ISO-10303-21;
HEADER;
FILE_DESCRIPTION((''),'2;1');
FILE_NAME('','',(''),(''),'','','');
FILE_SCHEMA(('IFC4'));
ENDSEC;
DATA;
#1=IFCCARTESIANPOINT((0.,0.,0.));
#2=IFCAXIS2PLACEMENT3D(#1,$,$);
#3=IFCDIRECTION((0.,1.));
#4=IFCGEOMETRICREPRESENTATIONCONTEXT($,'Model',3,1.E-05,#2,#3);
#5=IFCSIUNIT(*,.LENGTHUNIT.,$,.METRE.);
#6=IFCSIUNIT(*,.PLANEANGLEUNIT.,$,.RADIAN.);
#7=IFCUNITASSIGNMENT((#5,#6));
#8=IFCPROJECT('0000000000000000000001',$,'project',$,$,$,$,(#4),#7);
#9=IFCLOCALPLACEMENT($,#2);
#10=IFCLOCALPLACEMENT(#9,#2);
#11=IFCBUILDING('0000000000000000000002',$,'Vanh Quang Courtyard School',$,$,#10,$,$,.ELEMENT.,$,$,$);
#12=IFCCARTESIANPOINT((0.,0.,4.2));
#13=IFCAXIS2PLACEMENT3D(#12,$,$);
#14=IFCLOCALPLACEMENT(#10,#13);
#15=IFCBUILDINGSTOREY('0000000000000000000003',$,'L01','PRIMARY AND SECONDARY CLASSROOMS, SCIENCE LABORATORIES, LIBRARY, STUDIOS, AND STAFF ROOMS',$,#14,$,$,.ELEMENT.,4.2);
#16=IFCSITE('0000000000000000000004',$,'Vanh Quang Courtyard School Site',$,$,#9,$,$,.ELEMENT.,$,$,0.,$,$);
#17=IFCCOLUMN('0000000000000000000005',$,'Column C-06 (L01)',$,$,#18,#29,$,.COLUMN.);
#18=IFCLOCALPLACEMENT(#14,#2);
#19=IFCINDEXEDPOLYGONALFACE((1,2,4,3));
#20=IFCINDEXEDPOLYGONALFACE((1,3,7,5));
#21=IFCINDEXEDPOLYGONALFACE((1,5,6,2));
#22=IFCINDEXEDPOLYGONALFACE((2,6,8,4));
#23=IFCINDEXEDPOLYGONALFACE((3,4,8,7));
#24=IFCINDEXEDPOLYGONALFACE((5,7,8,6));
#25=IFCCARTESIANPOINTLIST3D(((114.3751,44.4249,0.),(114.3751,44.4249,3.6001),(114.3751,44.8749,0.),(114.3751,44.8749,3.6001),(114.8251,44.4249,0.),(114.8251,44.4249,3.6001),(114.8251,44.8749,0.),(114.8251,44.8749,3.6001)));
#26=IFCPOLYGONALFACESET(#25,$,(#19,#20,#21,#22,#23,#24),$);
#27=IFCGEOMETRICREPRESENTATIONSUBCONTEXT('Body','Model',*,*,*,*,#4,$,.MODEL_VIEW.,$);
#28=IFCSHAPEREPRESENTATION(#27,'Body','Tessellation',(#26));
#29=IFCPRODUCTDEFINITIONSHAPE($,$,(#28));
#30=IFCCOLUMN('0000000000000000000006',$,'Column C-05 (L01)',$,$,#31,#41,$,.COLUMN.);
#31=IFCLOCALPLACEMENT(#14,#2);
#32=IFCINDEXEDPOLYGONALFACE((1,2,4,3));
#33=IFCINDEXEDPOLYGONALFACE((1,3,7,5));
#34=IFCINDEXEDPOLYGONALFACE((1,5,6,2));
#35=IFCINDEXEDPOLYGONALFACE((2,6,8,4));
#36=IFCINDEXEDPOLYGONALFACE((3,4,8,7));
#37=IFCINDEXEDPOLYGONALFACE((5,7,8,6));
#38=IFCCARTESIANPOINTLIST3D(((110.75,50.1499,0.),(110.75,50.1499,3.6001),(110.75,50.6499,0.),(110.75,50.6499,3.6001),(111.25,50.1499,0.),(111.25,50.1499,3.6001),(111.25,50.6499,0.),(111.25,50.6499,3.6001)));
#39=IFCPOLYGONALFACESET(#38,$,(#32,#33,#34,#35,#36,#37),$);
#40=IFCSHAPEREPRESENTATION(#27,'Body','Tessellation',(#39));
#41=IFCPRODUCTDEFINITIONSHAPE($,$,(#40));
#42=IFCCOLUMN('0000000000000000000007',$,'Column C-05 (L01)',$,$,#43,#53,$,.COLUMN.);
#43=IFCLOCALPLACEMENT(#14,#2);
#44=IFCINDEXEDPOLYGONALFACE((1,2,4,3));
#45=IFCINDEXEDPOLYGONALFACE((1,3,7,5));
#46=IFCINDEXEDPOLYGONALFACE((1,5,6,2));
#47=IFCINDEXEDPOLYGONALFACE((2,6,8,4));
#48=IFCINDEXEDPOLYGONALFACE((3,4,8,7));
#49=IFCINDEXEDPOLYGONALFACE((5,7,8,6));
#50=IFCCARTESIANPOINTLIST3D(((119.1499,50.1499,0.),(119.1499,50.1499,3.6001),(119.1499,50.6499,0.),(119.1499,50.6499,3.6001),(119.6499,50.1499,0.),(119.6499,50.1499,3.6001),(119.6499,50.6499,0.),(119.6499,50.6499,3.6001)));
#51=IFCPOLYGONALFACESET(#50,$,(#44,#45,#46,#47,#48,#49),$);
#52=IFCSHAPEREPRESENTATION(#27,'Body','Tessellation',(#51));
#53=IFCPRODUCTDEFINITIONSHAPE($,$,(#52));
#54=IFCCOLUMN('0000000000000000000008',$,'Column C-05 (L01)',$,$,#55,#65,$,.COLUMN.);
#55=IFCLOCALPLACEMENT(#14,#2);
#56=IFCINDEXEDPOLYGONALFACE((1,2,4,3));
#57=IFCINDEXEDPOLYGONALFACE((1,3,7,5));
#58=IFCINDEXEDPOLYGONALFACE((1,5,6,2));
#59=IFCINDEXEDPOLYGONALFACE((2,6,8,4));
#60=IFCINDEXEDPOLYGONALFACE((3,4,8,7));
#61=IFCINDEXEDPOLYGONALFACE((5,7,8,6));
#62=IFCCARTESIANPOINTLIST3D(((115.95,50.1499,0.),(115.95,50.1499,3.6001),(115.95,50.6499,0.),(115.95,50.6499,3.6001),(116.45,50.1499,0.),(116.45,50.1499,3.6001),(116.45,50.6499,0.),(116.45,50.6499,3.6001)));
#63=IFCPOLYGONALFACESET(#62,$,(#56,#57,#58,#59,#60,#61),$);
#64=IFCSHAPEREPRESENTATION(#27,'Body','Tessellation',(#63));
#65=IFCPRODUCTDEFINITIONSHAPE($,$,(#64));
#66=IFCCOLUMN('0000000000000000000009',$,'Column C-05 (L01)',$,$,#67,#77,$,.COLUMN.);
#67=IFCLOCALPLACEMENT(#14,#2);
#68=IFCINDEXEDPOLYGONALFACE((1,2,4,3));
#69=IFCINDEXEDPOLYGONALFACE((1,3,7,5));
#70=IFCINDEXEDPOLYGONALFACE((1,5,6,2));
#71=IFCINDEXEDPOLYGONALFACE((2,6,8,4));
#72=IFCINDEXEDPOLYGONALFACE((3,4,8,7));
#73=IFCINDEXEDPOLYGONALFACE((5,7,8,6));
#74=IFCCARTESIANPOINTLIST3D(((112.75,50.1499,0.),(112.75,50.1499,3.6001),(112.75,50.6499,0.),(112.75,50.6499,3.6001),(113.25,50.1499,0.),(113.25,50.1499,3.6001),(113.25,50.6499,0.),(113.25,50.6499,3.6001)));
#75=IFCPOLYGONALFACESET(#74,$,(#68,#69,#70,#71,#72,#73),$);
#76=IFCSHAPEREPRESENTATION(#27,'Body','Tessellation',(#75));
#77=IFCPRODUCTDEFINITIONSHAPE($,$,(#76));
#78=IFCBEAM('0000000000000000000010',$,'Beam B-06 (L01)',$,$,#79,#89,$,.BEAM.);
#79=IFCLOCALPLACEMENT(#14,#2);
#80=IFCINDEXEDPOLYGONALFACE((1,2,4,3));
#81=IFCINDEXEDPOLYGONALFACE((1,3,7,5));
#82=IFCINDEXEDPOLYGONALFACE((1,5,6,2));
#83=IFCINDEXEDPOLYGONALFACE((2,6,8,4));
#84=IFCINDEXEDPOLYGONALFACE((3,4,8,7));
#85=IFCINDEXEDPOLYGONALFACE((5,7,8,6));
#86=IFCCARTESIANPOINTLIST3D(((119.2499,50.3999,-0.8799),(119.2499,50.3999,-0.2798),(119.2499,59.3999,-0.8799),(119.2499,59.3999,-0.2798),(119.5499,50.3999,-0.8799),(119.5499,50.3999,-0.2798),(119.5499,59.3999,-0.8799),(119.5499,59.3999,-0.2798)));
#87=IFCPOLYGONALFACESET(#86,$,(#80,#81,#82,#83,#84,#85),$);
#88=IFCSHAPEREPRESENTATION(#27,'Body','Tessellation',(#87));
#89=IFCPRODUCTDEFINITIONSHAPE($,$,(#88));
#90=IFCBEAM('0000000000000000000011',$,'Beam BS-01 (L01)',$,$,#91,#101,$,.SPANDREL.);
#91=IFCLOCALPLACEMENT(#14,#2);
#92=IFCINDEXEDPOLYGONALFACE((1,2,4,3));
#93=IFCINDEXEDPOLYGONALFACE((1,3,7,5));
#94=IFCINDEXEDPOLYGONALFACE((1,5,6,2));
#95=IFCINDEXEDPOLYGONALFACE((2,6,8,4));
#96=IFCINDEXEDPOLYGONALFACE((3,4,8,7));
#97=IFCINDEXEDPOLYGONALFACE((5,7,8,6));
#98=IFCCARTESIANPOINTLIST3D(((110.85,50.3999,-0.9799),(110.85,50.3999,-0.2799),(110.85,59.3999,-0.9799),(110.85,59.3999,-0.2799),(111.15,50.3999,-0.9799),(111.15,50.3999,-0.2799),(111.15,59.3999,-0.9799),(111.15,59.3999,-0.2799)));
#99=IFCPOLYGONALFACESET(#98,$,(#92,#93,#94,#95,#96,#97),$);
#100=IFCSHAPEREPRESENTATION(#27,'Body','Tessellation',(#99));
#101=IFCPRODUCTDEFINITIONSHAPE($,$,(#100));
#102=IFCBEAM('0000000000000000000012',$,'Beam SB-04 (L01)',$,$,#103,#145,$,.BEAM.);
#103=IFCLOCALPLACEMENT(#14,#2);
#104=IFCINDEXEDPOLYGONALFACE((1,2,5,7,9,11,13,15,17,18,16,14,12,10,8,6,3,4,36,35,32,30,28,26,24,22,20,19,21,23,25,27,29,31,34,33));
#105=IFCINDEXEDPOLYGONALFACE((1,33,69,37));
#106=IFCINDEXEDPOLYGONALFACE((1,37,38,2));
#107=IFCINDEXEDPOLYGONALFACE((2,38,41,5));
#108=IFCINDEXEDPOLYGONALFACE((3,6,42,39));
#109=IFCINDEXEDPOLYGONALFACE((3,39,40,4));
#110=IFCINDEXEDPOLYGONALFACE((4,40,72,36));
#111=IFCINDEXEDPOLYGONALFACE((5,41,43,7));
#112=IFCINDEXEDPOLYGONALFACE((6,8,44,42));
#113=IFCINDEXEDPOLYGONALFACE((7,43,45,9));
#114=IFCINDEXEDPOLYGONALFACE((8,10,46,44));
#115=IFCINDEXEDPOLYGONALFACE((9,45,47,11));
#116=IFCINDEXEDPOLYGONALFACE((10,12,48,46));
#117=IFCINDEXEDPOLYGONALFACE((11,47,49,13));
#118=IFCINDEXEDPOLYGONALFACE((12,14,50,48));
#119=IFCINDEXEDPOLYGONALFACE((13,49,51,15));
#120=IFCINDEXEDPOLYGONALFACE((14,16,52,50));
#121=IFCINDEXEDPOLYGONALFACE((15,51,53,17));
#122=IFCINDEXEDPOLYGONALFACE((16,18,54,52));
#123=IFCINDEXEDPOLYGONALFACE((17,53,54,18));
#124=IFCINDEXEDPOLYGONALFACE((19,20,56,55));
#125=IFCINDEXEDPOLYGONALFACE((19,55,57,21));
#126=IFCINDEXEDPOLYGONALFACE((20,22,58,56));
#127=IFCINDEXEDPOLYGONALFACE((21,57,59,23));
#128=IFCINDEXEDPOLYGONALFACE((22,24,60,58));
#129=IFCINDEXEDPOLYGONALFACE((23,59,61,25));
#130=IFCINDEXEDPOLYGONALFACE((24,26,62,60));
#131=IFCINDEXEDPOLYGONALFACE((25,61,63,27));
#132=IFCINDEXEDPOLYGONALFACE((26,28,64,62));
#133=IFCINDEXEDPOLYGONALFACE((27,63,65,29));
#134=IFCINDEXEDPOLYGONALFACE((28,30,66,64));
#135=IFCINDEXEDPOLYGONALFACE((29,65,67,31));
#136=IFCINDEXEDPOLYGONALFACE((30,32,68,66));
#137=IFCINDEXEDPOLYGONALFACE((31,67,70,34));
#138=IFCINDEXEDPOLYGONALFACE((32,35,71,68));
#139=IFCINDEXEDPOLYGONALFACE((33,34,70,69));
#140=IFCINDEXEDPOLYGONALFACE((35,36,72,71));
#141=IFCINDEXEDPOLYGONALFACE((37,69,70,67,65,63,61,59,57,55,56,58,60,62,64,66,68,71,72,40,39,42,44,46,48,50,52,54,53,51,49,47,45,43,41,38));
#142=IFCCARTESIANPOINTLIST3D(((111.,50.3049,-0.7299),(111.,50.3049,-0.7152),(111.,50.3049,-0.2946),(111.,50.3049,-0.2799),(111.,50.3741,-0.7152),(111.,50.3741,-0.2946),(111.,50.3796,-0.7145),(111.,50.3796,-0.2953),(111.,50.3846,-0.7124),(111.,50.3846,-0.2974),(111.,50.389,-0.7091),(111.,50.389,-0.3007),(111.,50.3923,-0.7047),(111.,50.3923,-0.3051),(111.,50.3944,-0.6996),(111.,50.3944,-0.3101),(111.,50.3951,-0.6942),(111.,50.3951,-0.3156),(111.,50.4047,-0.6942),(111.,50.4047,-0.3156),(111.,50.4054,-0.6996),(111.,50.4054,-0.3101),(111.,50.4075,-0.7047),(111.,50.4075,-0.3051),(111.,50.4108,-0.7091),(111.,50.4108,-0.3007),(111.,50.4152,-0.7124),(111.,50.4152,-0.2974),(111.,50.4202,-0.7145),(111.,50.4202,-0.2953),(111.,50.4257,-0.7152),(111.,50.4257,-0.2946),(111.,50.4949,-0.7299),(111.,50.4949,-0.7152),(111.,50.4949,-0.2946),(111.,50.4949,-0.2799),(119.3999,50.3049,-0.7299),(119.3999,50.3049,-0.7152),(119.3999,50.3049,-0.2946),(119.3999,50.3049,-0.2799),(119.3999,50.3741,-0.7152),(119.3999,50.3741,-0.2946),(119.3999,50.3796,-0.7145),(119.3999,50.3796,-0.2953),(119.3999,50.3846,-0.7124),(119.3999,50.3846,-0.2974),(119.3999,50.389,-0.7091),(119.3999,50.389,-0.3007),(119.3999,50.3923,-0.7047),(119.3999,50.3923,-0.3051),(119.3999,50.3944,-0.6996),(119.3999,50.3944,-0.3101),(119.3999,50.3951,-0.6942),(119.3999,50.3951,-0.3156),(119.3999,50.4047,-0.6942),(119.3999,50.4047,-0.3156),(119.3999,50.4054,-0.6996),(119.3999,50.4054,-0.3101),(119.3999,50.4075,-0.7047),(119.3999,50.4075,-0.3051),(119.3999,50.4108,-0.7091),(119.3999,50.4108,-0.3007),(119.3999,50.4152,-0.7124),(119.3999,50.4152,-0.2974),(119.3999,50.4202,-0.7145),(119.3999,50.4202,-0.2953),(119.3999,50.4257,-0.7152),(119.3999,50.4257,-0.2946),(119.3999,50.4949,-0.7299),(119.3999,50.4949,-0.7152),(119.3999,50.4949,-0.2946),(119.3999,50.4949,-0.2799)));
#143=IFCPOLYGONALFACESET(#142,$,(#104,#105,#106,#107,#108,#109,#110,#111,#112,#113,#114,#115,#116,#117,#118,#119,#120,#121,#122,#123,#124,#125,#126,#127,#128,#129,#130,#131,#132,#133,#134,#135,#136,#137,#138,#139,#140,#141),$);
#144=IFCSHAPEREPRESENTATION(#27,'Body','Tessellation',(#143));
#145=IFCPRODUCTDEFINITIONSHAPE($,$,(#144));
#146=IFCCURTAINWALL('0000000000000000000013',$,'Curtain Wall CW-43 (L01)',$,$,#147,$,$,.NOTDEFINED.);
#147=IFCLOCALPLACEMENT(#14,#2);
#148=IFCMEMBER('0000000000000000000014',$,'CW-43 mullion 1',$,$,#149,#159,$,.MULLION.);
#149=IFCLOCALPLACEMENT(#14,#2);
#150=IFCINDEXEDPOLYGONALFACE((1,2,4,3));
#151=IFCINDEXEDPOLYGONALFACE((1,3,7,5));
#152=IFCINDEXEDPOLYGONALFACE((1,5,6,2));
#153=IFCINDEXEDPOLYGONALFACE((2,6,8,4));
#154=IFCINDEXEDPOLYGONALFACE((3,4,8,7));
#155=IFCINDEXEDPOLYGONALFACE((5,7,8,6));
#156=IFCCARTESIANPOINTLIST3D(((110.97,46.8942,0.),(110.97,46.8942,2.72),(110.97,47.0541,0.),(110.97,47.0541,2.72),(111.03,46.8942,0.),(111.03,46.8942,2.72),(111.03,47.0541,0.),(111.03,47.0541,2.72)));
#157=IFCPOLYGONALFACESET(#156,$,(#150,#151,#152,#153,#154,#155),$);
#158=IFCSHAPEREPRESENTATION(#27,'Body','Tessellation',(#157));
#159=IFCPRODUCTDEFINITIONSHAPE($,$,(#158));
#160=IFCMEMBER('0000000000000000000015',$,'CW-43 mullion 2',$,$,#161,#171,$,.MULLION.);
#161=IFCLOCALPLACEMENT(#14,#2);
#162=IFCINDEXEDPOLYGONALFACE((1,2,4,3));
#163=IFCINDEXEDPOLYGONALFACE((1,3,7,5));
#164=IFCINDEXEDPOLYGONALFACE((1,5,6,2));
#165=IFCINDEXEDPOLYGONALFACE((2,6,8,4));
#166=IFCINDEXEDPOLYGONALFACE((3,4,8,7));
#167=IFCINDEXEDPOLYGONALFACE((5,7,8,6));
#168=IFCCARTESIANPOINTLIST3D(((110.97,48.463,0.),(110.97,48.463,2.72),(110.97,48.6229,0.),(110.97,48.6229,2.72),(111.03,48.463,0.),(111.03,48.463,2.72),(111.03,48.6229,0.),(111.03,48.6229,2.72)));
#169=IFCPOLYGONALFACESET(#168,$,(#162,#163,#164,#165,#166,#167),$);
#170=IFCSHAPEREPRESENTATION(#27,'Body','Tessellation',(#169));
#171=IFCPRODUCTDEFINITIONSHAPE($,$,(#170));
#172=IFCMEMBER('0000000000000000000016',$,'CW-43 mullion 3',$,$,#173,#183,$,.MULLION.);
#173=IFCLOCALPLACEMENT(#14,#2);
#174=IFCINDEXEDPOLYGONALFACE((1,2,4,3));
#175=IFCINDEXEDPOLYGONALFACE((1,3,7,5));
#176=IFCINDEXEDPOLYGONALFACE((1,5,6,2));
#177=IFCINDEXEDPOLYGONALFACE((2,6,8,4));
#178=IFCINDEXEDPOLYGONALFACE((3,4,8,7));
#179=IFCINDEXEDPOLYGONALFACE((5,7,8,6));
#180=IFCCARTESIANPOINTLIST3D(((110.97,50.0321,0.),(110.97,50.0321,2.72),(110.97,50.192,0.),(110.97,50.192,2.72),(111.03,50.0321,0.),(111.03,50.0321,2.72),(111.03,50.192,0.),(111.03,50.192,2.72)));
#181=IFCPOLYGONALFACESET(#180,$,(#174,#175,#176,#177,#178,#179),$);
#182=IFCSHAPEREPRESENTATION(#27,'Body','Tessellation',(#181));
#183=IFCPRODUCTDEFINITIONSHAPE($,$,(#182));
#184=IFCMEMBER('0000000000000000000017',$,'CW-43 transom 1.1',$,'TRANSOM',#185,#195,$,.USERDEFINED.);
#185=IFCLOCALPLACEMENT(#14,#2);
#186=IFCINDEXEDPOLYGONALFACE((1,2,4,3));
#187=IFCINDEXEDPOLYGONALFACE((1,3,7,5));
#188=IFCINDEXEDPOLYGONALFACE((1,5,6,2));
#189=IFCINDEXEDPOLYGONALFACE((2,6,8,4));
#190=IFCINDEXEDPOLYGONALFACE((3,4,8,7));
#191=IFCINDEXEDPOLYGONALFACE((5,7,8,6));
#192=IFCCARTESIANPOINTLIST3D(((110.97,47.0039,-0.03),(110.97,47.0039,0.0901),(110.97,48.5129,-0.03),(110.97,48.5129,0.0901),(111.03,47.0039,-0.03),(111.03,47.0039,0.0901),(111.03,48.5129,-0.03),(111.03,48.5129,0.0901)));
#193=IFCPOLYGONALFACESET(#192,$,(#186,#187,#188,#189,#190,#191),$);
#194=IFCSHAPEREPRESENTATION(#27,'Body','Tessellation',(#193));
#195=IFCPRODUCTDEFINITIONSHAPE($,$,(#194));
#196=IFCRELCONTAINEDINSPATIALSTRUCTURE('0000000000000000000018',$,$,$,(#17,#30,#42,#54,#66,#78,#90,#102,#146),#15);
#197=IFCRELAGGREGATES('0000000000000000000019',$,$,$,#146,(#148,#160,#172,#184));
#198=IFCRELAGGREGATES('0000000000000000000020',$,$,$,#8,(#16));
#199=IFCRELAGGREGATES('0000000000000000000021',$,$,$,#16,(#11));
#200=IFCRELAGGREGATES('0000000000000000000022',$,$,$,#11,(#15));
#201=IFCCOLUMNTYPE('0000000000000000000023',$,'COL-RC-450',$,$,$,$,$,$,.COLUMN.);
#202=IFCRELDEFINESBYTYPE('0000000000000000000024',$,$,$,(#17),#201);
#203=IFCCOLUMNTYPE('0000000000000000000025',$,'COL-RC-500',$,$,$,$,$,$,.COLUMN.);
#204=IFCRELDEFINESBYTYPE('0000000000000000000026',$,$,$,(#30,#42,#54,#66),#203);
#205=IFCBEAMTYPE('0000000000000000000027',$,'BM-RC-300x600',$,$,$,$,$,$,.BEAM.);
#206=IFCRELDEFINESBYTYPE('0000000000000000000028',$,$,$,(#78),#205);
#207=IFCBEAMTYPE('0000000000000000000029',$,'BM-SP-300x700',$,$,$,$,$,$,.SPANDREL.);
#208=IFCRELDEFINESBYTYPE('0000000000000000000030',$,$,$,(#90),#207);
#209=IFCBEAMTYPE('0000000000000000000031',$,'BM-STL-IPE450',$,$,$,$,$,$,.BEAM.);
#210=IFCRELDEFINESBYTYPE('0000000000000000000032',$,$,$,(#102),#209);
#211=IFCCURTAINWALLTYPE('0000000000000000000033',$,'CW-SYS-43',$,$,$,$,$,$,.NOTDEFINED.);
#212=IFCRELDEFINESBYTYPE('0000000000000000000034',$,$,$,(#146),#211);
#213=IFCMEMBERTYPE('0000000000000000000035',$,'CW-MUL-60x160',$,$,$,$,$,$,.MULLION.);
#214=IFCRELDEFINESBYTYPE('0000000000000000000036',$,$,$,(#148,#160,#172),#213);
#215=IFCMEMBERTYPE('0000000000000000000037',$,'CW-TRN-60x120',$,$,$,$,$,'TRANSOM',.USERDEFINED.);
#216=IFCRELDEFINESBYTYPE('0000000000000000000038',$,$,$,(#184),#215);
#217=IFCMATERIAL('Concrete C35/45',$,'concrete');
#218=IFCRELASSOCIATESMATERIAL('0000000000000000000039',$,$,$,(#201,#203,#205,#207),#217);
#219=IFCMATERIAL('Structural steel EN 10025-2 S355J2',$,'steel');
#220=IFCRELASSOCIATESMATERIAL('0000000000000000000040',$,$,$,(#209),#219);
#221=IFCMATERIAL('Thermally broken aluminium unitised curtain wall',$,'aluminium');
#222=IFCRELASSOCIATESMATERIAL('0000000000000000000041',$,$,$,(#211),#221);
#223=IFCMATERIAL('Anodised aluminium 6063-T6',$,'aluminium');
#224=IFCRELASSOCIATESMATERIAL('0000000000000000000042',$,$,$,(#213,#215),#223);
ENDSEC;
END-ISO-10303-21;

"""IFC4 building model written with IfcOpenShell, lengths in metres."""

from ifc_helpers import new_model, si_unit, direction, frame, origin, origin_2d, place, context, subcontext, project, spatial, rectangle, i_section, extrude, material, material_profile, profile_set, type_object, element, aggregate, save


model = new_model("IFC4")

# Units and contexts
model_context = context("Model", 3, precision=1e-05, world=origin(), true_north=direction((0.0, 1.0)))
body_context = subcontext(model_context, "Body", "Model", "MODEL_VIEW")
ifc_project = project(units=[si_unit("LENGTHUNIT", "METRE"), si_unit("PLANEANGLEUNIT", "RADIAN")], contexts=[model_context])

# Site, building, storey
site_placement = place(None, origin())
site = spatial("IfcSite", under=ifc_project, at=site_placement, Name="Vanh Quang Courtyard School Site", CompositionType="ELEMENT", RefElevation=0.0)
building_placement = place(site_placement, origin())
building = spatial("IfcBuilding", under=site, at=building_placement, Name="Vanh Quang Courtyard School", CompositionType="ELEMENT")
storey_placement = place(building_placement, frame((0.0, 0.0, 4.2)))
storey = spatial("IfcBuildingStorey", under=building, at=storey_placement, Name="L01", Description="PRIMARY AND SECONDARY CLASSROOMS, SCIENCE LABORATORIES, LIBRARY, STUDIOS, AND STAFF ROOMS", CompositionType="ELEMENT", Elevation=4.2)

# Columns
ifc_material_1 = material(Name="Concrete C35/45", Category="concrete")
ifc_material_profile_1 = material_profile(ifc_material_1, rectangle(XDim=0.45, YDim=0.45, at=origin_2d()), Name="RC-COL 450x450")
ifc_profile_set_1 = profile_set([ifc_material_profile_1], Name="Concrete C35/45")
column_type_1 = type_object("IfcColumnType", Name="COL-RC-450", PredefinedType="COLUMN", material=ifc_profile_set_1)
column_placement = place(storey_placement, frame((114.6001, 44.6499, 0.0), z_axis=(0.0, 0.0, 1.0), x_axis=(1.0, 0.0, 0.0)))
element("IfcColumn", 1, at=column_placement, inside=storey, type_object=column_type_1, Name="Column C-06 (L01)", PredefinedType="COLUMN", context=body_context, shape_type="SweptSolid", body=[
    extrude(rectangle(XDim=0.45, YDim=0.45, at=origin_2d()), origin(), (0.0, 0.0, 1.0), 3.6001),
])
ifc_material_profile_2 = material_profile(ifc_material_1, rectangle(XDim=0.5, YDim=0.5, at=origin_2d()), Name="RC-COL 500x500")
ifc_profile_set_2 = profile_set([ifc_material_profile_2], Name="Concrete C35/45")
column_type_2 = type_object("IfcColumnType", Name="COL-RC-500", PredefinedType="COLUMN", material=ifc_profile_set_2)
for number, where, z_axis, x_axis, name in (
    (2, (111.0, 50.3999, 0.0), (0.0, 0.0, 1.0), (1.0, 0.0, 0.0), "Column C-05 (L01)"),
    (3, (119.3999, 50.3999, 0.0), (0.0, 0.0, 1.0), (1.0, 0.0, 0.0), "Column C-05 (L01)"),
    (4, (116.2, 50.3999, 0.0), (0.0, 0.0, 1.0), (1.0, 0.0, 0.0), "Column C-05 (L01)"),
    (5, (113.0, 50.3999, 0.0), (0.0, 0.0, 1.0), (1.0, 0.0, 0.0), "Column C-05 (L01)"),
):
    element("IfcColumn", number, at=place(storey_placement, frame(where, z_axis=z_axis, x_axis=x_axis)), inside=storey, type_object=column_type_2, Name=name, PredefinedType="COLUMN", context=body_context, shape_type="SweptSolid", body=[
        extrude(rectangle(XDim=0.5, YDim=0.5, at=origin_2d()), origin(), (0.0, 0.0, 1.0), 3.6001),
    ])

# Beams
ifc_material_profile_3 = material_profile(ifc_material_1, rectangle(XDim=0.3, YDim=0.6001, at=origin_2d()), Name="RC-BM 300x600")
ifc_profile_set_3 = profile_set([ifc_material_profile_3], Name="Concrete C35/45")
beam_type_1 = type_object("IfcBeamType", Name="BM-RC-300x600", PredefinedType="BEAM", material=ifc_profile_set_3)
beam_1_placement = place(storey_placement, frame((119.3999, 50.3999, -0.5798), z_axis=(0.0, 1.0, 0.0), x_axis=(-1.0, 0.0, 0.0)))
element("IfcBeam", 6, at=beam_1_placement, inside=storey, type_object=beam_type_1, Name="Beam B-06 (L01)", PredefinedType="BEAM", context=body_context, shape_type="SweptSolid", body=[
    extrude(rectangle(XDim=0.3, YDim=0.6001, at=origin_2d()), origin(), (0.0, 0.0, 1.0), 9.0),
])
ifc_material_profile_4 = material_profile(ifc_material_1, rectangle(XDim=0.3, YDim=0.7, at=origin_2d()), Name="RC-SP 300x700")
ifc_profile_set_4 = profile_set([ifc_material_profile_4], Name="Concrete C35/45")
beam_type_2 = type_object("IfcBeamType", Name="BM-SP-300x700", PredefinedType="SPANDREL", material=ifc_profile_set_4)
beam_2_placement = place(storey_placement, frame((111.0, 50.3999, -0.6299), z_axis=(0.0, 1.0, 0.0), x_axis=(-1.0, 0.0, 0.0)))
element("IfcBeam", 7, at=beam_2_placement, inside=storey, type_object=beam_type_2, Name="Beam BS-01 (L01)", PredefinedType="SPANDREL", context=body_context, shape_type="SweptSolid", body=[
    extrude(rectangle(XDim=0.3, YDim=0.7, at=origin_2d()), origin(), (0.0, 0.0, 1.0), 9.0),
])
ifc_material_2 = material(Name="Structural steel EN 10025-2 S355J2", Category="steel")
ifc_material_profile_5 = material_profile(ifc_material_2, i_section(OverallWidth=0.1899, OverallDepth=0.45, WebThickness=0.0095, FlangeThickness=0.0146, FilletRadius=0.021, at=origin_2d()), Name="IPE 450")
ifc_profile_set_5 = profile_set([ifc_material_profile_5], Name="Structural steel EN 10025-2 S355J2")
beam_type_3 = type_object("IfcBeamType", Name="BM-STL-IPE450", PredefinedType="BEAM", material=ifc_profile_set_5)
beam_3_placement = place(storey_placement, frame((111.0, 50.3999, -0.5049), z_axis=(1.0, 0.0, 0.0), x_axis=(0.0, 1.0, 0.0)))
element("IfcBeam", 8, at=beam_3_placement, inside=storey, type_object=beam_type_3, Name="Beam SB-04 (L01)", PredefinedType="BEAM", context=body_context, shape_type="SweptSolid", body=[
    extrude(i_section(OverallWidth=0.1899, OverallDepth=0.45, WebThickness=0.0095, FlangeThickness=0.0146, FilletRadius=0.021, at=origin_2d()), origin(), (0.0, 0.0, 1.0), 8.3999),
])

# Curtain wall, members
ifc_material_3 = material(Name="Thermally broken aluminium unitised curtain wall", Category="aluminium")
curtain_wall_type = type_object("IfcCurtainWallType", Name="CW-SYS-43", PredefinedType="NOTDEFINED", material=ifc_material_3)
curtain_wall_placement = place(storey_placement, origin())
curtain_wall = element("IfcCurtainWall", 9, at=curtain_wall_placement, inside=storey, type_object=curtain_wall_type, Name="Curtain Wall CW-43 (L01)", PredefinedType="NOTDEFINED")
ifc_material_4 = material(Name="Anodised aluminium 6063-T6", Category="aluminium")
ifc_material_profile_6 = material_profile(ifc_material_4, rectangle(XDim=0.0601, YDim=0.1599, at=origin_2d()), Name="ALU-MUL 60x160")
ifc_profile_set_6 = profile_set([ifc_material_profile_6], Name="Anodised aluminium 6063-T6")
member_type_1 = type_object("IfcMemberType", Name="CW-MUL-60x160", PredefinedType="MULLION", material=ifc_profile_set_6)
member_1_placement = place(storey_placement, frame((111.0, 46.9741, 0.0), z_axis=(0.0, 0.0, 1.0), x_axis=(-1.0, 0.0, 0.0)))
member_1 = element("IfcMember", 10, at=member_1_placement, type_object=member_type_1, Name="CW-43 mullion 1", PredefinedType="MULLION", context=body_context, shape_type="SweptSolid", body=[
    extrude(rectangle(XDim=0.0601, YDim=0.1599, at=origin_2d()), origin(), (0.0, 0.0, 1.0), 2.72),
])
member_2_placement = place(storey_placement, frame((111.0, 48.543, 0.0), z_axis=(0.0, 0.0, 1.0), x_axis=(-1.0, 0.0, 0.0)))
member_2 = element("IfcMember", 11, at=member_2_placement, type_object=member_type_1, Name="CW-43 mullion 2", PredefinedType="MULLION", context=body_context, shape_type="SweptSolid", body=[
    extrude(rectangle(XDim=0.0601, YDim=0.1599, at=origin_2d()), origin(), (0.0, 0.0, 1.0), 2.72),
])
member_3_placement = place(storey_placement, frame((111.0, 50.1121, 0.0), z_axis=(0.0, 0.0, 1.0), x_axis=(-1.0, 0.0, 0.0)))
member_3 = element("IfcMember", 12, at=member_3_placement, type_object=member_type_1, Name="CW-43 mullion 3", PredefinedType="MULLION", context=body_context, shape_type="SweptSolid", body=[
    extrude(rectangle(XDim=0.0601, YDim=0.1599, at=origin_2d()), origin(), (0.0, 0.0, 1.0), 2.72),
])
ifc_material_profile_7 = material_profile(ifc_material_4, rectangle(XDim=0.0601, YDim=0.1201, at=origin_2d()), Name="ALU-TRN 60x120")
ifc_profile_set_7 = profile_set([ifc_material_profile_7], Name="Anodised aluminium 6063-T6")
member_type_2 = type_object("IfcMemberType", Name="CW-TRN-60x120", ElementType="TRANSOM", PredefinedType="USERDEFINED", material=ifc_profile_set_7)
member_4_placement = place(storey_placement, frame((111.0, 47.0039, 0.03), z_axis=(0.0, 1.0, 0.0), x_axis=(-1.0, 0.0, 0.0)))
member_4 = element("IfcMember", 13, at=member_4_placement, type_object=member_type_2, Name="CW-43 transom 1.1", ObjectType="TRANSOM", PredefinedType="USERDEFINED", context=body_context, shape_type="SweptSolid", body=[
    extrude(rectangle(XDim=0.0601, YDim=0.1201, at=origin_2d()), origin(), (0.0, 0.0, 1.0), 1.509),
])

aggregate(curtain_wall, [member_1, member_2, member_3, member_4])

save(model, "model.ifc")
